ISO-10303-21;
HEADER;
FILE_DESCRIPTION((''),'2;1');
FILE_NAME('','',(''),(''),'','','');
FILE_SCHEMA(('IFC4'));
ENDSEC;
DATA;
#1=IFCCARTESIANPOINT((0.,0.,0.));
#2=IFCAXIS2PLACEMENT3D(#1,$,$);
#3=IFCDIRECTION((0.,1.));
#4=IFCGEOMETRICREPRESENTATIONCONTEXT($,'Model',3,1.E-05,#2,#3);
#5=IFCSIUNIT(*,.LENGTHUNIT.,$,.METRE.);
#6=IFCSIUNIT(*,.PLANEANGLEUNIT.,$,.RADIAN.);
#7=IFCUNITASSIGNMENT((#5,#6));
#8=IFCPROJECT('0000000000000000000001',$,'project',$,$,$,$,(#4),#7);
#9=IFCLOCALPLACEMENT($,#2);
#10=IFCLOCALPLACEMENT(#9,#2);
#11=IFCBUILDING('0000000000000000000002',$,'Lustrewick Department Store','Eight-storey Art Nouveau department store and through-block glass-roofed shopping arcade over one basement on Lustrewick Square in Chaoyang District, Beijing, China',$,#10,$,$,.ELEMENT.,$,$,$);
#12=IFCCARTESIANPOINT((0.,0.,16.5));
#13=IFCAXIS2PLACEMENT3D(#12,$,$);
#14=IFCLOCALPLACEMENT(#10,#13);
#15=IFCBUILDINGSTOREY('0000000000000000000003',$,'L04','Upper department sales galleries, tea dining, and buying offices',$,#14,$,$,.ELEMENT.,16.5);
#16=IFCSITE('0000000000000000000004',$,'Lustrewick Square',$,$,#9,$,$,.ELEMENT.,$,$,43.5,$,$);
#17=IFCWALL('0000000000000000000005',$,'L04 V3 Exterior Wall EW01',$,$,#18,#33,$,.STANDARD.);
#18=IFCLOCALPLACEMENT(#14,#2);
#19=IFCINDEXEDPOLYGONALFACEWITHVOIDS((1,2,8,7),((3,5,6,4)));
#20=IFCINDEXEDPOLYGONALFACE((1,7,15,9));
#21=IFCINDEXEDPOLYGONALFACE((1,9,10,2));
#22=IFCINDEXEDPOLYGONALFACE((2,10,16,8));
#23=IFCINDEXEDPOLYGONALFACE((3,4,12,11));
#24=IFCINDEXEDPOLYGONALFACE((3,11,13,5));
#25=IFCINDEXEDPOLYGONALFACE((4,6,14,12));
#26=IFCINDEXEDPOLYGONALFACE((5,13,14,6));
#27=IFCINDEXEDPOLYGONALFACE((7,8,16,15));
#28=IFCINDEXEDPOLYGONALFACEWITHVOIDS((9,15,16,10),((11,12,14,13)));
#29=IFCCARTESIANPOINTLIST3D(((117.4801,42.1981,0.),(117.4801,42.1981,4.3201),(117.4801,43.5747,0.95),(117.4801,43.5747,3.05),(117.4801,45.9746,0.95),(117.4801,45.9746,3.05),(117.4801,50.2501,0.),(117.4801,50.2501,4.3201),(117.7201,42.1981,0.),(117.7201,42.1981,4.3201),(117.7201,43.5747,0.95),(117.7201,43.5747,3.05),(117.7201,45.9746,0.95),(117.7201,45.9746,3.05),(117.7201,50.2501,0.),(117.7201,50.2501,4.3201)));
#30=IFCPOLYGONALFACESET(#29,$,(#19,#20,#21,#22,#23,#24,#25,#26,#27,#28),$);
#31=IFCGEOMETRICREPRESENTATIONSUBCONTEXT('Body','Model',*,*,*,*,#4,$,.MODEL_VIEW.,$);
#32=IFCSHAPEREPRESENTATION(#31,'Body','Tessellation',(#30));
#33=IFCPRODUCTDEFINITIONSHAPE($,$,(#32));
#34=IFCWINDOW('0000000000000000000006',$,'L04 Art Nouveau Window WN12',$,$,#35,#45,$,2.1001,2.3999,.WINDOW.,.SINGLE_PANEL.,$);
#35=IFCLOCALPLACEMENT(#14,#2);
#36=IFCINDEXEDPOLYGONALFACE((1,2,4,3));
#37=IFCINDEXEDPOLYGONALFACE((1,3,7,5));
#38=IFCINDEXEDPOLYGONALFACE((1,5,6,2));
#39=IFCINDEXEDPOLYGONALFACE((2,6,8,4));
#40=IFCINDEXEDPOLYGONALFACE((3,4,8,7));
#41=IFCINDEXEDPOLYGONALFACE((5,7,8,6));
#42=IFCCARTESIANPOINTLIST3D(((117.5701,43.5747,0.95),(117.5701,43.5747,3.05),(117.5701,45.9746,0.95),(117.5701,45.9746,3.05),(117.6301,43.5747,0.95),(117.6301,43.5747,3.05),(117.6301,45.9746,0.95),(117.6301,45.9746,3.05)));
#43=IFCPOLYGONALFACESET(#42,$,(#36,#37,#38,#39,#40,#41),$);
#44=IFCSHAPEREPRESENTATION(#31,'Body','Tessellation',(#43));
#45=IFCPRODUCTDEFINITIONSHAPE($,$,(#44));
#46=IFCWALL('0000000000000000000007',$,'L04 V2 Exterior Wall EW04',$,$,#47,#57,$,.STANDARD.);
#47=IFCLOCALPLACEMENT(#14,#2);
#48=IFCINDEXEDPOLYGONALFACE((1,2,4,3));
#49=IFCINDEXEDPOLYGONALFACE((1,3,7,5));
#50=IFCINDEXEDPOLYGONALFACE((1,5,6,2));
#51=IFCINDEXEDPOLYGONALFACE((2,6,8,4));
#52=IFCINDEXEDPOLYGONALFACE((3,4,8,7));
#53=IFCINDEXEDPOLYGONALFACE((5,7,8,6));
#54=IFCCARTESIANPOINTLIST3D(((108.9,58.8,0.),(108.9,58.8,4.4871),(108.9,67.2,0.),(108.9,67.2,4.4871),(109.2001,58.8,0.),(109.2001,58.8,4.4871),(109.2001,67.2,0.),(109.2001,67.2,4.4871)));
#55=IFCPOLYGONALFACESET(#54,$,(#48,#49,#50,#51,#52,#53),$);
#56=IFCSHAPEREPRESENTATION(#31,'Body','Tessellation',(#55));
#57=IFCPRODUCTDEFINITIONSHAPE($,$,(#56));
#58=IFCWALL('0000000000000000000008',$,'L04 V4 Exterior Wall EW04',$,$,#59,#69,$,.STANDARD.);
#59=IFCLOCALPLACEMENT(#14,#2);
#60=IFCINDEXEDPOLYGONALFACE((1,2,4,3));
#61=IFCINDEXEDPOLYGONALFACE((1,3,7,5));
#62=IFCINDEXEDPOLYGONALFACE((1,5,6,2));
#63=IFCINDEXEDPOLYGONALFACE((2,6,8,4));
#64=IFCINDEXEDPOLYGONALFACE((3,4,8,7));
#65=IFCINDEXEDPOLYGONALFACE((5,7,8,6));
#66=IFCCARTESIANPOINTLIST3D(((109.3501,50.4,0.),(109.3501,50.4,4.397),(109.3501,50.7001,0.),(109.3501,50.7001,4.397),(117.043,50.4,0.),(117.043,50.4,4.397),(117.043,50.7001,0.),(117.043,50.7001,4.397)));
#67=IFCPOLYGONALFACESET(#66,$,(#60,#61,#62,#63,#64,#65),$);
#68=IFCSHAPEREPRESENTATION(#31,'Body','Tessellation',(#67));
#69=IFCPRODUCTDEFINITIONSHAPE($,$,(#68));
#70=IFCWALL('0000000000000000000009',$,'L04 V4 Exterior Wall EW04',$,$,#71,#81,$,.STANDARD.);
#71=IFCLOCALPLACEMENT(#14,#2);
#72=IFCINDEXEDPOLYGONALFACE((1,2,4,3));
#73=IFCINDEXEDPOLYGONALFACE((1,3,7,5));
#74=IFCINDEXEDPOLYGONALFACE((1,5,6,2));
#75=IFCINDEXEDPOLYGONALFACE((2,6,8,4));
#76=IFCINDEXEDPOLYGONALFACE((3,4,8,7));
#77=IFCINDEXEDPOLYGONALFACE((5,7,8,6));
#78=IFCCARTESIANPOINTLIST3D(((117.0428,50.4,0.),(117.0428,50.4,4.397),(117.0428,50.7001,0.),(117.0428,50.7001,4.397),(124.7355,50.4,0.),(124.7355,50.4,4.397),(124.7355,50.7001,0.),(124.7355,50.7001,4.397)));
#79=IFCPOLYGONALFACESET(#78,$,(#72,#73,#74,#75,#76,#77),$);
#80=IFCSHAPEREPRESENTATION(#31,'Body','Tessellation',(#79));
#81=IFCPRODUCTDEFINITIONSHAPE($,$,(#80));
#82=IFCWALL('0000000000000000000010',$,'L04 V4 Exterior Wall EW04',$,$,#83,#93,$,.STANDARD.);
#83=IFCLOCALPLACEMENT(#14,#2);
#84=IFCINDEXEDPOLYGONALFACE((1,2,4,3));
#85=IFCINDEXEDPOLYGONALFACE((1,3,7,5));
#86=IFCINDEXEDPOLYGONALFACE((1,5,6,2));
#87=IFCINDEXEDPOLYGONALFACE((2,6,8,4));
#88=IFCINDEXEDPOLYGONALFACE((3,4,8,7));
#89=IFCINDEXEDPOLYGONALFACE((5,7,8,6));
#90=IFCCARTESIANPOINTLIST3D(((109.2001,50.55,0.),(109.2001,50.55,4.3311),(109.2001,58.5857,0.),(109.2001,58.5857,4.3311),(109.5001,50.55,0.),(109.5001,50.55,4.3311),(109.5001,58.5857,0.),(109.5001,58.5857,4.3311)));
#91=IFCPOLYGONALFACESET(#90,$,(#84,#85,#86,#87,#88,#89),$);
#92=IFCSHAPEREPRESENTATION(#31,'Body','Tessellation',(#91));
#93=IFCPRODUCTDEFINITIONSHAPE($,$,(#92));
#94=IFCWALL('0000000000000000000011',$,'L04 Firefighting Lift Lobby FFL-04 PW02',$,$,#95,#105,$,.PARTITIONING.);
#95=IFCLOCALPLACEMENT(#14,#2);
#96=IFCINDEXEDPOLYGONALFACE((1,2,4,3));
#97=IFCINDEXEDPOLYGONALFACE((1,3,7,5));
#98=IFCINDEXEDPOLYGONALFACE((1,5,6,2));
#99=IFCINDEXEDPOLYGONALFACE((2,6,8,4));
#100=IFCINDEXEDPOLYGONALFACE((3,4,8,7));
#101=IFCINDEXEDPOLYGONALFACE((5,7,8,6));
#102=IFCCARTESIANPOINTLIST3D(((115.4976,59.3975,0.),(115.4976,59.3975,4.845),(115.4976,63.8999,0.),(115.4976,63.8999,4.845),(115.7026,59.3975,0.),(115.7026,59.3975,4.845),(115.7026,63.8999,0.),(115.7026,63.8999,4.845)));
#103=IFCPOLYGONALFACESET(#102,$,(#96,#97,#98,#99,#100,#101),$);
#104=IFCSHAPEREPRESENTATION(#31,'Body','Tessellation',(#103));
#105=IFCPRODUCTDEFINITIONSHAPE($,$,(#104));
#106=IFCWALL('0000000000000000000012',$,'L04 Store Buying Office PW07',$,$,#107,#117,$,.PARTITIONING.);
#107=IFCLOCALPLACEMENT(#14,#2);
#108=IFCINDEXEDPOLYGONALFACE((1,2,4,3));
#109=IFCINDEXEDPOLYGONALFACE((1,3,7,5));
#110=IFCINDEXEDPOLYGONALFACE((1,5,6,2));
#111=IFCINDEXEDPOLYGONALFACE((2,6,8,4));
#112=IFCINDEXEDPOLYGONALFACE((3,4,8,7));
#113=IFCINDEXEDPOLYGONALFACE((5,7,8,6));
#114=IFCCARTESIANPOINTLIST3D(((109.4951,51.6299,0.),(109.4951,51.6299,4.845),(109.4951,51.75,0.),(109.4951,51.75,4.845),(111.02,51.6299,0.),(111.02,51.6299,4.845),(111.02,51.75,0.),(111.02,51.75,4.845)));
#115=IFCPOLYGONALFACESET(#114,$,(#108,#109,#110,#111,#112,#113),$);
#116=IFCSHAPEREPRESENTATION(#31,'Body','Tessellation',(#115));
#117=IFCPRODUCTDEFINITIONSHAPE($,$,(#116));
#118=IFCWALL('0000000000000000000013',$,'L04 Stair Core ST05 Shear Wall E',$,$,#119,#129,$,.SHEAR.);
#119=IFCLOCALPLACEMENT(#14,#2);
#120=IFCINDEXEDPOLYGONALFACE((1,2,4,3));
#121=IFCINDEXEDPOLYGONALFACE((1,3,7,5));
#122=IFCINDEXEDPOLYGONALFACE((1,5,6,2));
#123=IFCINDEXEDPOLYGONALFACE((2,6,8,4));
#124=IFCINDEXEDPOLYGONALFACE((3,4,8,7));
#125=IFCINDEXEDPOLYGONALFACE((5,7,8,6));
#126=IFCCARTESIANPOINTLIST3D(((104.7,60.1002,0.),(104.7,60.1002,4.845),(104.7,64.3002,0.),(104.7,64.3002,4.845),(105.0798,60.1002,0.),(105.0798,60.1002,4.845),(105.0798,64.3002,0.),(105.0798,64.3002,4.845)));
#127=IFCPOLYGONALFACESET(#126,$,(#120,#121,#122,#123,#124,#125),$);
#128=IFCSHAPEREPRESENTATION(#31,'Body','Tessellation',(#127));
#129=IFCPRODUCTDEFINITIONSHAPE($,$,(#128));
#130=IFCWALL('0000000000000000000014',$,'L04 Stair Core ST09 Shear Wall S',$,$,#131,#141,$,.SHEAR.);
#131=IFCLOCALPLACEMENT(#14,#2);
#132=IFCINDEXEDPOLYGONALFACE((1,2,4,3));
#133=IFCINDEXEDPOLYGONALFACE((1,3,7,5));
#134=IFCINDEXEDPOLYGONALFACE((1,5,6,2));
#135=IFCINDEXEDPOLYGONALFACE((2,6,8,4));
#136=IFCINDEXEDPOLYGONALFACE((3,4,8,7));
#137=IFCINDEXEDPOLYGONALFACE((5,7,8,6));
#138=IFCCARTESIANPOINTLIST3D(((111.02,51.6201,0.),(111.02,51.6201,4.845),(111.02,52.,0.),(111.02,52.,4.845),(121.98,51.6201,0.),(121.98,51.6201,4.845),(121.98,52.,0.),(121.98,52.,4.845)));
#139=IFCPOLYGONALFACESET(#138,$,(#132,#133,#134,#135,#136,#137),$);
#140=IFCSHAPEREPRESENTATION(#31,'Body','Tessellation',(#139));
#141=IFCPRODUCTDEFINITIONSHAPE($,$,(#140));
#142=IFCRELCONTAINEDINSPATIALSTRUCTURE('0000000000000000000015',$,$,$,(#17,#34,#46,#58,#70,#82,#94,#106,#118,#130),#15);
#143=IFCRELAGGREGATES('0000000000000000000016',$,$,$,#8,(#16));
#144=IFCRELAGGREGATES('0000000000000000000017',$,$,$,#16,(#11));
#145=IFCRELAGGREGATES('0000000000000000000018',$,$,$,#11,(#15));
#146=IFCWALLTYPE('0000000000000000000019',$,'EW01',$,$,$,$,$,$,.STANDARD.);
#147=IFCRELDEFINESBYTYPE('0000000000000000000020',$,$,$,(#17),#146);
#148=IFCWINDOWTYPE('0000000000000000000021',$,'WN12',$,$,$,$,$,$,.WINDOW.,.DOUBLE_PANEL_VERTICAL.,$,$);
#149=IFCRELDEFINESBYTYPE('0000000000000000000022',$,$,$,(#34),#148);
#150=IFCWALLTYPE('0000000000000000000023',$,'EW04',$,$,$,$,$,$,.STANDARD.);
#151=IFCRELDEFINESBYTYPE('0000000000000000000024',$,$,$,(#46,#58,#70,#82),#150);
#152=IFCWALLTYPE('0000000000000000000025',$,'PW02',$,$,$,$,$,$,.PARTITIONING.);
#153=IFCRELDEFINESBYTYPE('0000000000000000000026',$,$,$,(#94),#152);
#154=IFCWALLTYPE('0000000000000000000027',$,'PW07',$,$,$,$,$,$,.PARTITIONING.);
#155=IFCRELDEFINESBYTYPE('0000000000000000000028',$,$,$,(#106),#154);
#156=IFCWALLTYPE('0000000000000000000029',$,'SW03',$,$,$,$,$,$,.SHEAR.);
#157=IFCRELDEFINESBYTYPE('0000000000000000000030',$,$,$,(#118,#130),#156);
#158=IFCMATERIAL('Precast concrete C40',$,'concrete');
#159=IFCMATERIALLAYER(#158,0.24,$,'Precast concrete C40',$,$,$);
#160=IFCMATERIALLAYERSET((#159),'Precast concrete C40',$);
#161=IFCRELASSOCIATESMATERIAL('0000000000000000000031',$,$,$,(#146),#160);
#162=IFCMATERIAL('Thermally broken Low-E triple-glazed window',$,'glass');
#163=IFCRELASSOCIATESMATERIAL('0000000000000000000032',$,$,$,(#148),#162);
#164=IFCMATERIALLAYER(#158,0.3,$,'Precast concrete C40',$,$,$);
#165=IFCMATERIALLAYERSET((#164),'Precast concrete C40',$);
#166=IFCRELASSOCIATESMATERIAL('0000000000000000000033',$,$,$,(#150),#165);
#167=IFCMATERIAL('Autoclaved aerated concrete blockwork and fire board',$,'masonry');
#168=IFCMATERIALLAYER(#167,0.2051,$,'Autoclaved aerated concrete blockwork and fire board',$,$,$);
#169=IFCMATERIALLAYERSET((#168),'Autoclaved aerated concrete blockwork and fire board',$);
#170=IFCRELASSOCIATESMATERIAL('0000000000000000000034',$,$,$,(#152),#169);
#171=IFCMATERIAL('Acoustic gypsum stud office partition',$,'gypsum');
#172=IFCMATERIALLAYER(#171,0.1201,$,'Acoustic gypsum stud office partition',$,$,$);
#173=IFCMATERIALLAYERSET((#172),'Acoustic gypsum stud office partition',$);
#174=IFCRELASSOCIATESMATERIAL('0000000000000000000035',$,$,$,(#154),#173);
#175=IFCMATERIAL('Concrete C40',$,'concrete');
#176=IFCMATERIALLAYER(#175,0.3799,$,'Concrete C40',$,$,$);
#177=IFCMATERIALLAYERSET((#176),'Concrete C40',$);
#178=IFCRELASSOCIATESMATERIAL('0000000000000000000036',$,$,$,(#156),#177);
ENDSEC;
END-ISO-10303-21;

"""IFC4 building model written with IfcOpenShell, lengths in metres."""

from ifc_helpers import new_model, si_unit, direction, frame, frame_2d, origin, place, context, subcontext, project, spatial, rectangle, extrude, material, layer, layer_set, type_object, element, fill, save


model = new_model("IFC4")

# Units and contexts
model_context = context("Model", 3, precision=1e-05, world=origin(), true_north=direction((0.0, 1.0)))
body_context = subcontext(model_context, "Body", "Model", "MODEL_VIEW")
ifc_project = project(units=[si_unit("LENGTHUNIT", "METRE"), si_unit("PLANEANGLEUNIT", "RADIAN")], contexts=[model_context])

# Site, building, storey
site_placement = place(None, origin())
site = spatial("IfcSite", under=ifc_project, at=site_placement, Name="Lustrewick Square", CompositionType="ELEMENT", RefElevation=43.5)
building_placement = place(site_placement, origin())
building = spatial("IfcBuilding", under=site, at=building_placement, Name="Lustrewick Department Store", Description="Eight-storey Art Nouveau department store and through-block glass-roofed shopping arcade over one basement on Lustrewick Square in Chaoyang District, Beijing, China", CompositionType="ELEMENT")
storey_placement = place(building_placement, frame((0.0, 0.0, 16.5)))
storey = spatial("IfcBuildingStorey", under=building, at=storey_placement, Name="L04", Description="Upper department sales galleries, tea dining, and buying offices", CompositionType="ELEMENT", Elevation=16.5)

# Wall, opening, window
ifc_material_1 = material(Name="Precast concrete C40", Category="concrete")
ifc_layer_1 = layer(ifc_material_1, 0.24, Name="Precast concrete C40")
ifc_layer_set_1 = layer_set([ifc_layer_1], Name="Precast concrete C40")
wall_type_1 = type_object("IfcWallType", Name="EW01", PredefinedType="STANDARD", material=ifc_layer_set_1)
wall_1_placement = place(storey_placement, frame((117.6001, 50.25, 0.0), z_axis=(0.0, 0.0, 1.0), x_axis=(0.0, -1.0, 0.0)))
wall_1 = element("IfcWall", 1, at=wall_1_placement, inside=storey, type_object=wall_type_1, Name="L04 V3 Exterior Wall EW01", PredefinedType="STANDARD", context=body_context, shape_type="SweptSolid", body=[
    extrude(rectangle(XDim=8.052, YDim=0.24, at=frame_2d((4.0259, 0.0))), origin(), (0.0, 0.0, 1.0), 4.3201),
])
opening_1_placement = place(wall_1_placement, frame((4.2754, 0.0, 0.95)))
opening_1 = element("IfcOpeningElement", 2, at=opening_1_placement, cuts=wall_1, PredefinedType="OPENING", context=body_context, shape_type="SweptSolid", body=[
    extrude(rectangle(XDim=2.3999, YDim=2.1001, at=frame_2d((1.2, 1.05))), frame((0.0, 0.1299, 0.0), z_axis=(0.0, -1.0, 0.0), x_axis=(1.0, 0.0, 0.0)), (0.0, 0.0, 1.0), 0.26),
])
ifc_material_2 = material(Name="Thermally broken Low-E triple-glazed window", Category="glass")
window_type = type_object("IfcWindowType", Name="WN12", PartitioningType="DOUBLE_PANEL_VERTICAL", PredefinedType="WINDOW", material=ifc_material_2)
window_placement = place(opening_1_placement, origin())
window = element("IfcWindow", 3, at=window_placement, inside=storey, type_object=window_type, Name="L04 Art Nouveau Window WN12", OverallHeight=2.1001, OverallWidth=2.3999, PartitioningType="SINGLE_PANEL", PredefinedType="WINDOW", context=body_context, shape_type="SweptSolid", body=[
    extrude(rectangle(XDim=2.3999, YDim=2.1001, at=frame_2d((1.2, 1.05))), frame((0.0, 0.03, 0.0), z_axis=(0.0, -1.0, 0.0), x_axis=(1.0, 0.0, 0.0)), (0.0, 0.0, 1.0), 0.0601),
])
fill(opening_1, window)

# Walls
ifc_layer_2 = layer(ifc_material_1, 0.3, Name="Precast concrete C40")
ifc_layer_set_2 = layer_set([ifc_layer_2], Name="Precast concrete C40")
wall_type_2 = type_object("IfcWallType", Name="EW04", PredefinedType="STANDARD", material=ifc_layer_set_2)
wall_2_placement = place(storey_placement, frame((109.05, 58.8, 0.0), z_axis=(0.0, 0.0, 1.0), x_axis=(0.0, 1.0, 0.0)))
element("IfcWall", 4, at=wall_2_placement, inside=storey, type_object=wall_type_2, Name="L04 V2 Exterior Wall EW04", PredefinedType="STANDARD", context=body_context, shape_type="SweptSolid", body=[
    extrude(rectangle(XDim=8.3999, YDim=0.3, at=frame_2d((4.2, 0.0))), origin(), (0.0, 0.0, 1.0), 4.4871),
])
wall_3_placement = place(storey_placement, frame((109.3501, 50.55, 0.0), z_axis=(0.0, 0.0, 1.0), x_axis=(1.0, 0.0, 0.0)))
element("IfcWall", 5, at=wall_3_placement, inside=storey, type_object=wall_type_2, Name="L04 V4 Exterior Wall EW04", PredefinedType="STANDARD", context=body_context, shape_type="SweptSolid", body=[
    extrude(rectangle(XDim=7.6929, YDim=0.3, at=frame_2d((3.8464, 0.0))), origin(), (0.0, 0.0, 1.0), 4.397),
])
wall_4_placement = place(storey_placement, frame((117.043, 50.55, 0.0), z_axis=(0.0, 0.0, 1.0), x_axis=(1.0, 0.0, 0.0)))
element("IfcWall", 6, at=wall_4_placement, inside=storey, type_object=wall_type_2, Name="L04 V4 Exterior Wall EW04", PredefinedType="STANDARD", context=body_context, shape_type="SweptSolid", body=[
    extrude(rectangle(XDim=7.6926, YDim=0.3, at=frame_2d((3.8462, 0.0))), origin(), (0.0, 0.0, 1.0), 4.397),
])
wall_5_placement = place(storey_placement, frame((109.3501, 58.5857, 0.0), z_axis=(0.0, 0.0, 1.0), x_axis=(0.0, -1.0, 0.0)))
element("IfcWall", 7, at=wall_5_placement, inside=storey, type_object=wall_type_2, Name="L04 V4 Exterior Wall EW04", PredefinedType="STANDARD", context=body_context, shape_type="SweptSolid", body=[
    extrude(rectangle(XDim=8.0356, YDim=0.3, at=frame_2d((4.0178, 0.0))), origin(), (0.0, 0.0, 1.0), 4.3311),
])

# Shared definitions
ifc_material_3 = material(Name="Autoclaved aerated concrete blockwork and fire board", Category="masonry")
ifc_layer_3 = layer(ifc_material_3, 0.2051, Name="Autoclaved aerated concrete blockwork and fire board")
ifc_layer_set_3 = layer_set([ifc_layer_3], Name="Autoclaved aerated concrete blockwork and fire board")
wall_type_3 = type_object("IfcWallType", Name="PW02", PredefinedType="PARTITIONING", material=ifc_layer_set_3)

# Walls
wall_6_placement = place(storey_placement, frame((115.6001, 59.3975, 0.0), z_axis=(0.0, 0.0, 1.0), x_axis=(0.0, 1.0, 0.0)))
element("IfcWall", 8, at=wall_6_placement, inside=storey, type_object=wall_type_3, Name="L04 Firefighting Lift Lobby FFL-04 PW02", PredefinedType="PARTITIONING", context=body_context, shape_type="SweptSolid", body=[
    extrude(rectangle(XDim=4.5024, YDim=0.2051, at=frame_2d((2.2512, 0.0))), origin(), (0.0, 0.0, 1.0), 4.845),
])
ifc_material_4 = material(Name="Acoustic gypsum stud office partition", Category="gypsum")
ifc_layer_4 = layer(ifc_material_4, 0.1201, Name="Acoustic gypsum stud office partition")
ifc_layer_set_4 = layer_set([ifc_layer_4], Name="Acoustic gypsum stud office partition")
wall_type_4 = type_object("IfcWallType", Name="PW07", PredefinedType="PARTITIONING", material=ifc_layer_set_4)
wall_7_placement = place(storey_placement, frame((111.02, 51.6899, 0.0), z_axis=(0.0, 0.0, 1.0), x_axis=(-1.0, 0.0, 0.0)))
element("IfcWall", 9, at=wall_7_placement, inside=storey, type_object=wall_type_4, Name="L04 Store Buying Office PW07", PredefinedType="PARTITIONING", context=body_context, shape_type="SweptSolid", body=[
    extrude(rectangle(XDim=1.5249, YDim=0.1201, at=frame_2d((0.7625, 0.0))), origin(), (0.0, 0.0, 1.0), 4.845),
])
ifc_material_5 = material(Name="Concrete C40", Category="concrete")
ifc_layer_5 = layer(ifc_material_5, 0.3799, Name="Concrete C40")
ifc_layer_set_5 = layer_set([ifc_layer_5], Name="Concrete C40")
wall_type_5 = type_object("IfcWallType", Name="SW03", PredefinedType="SHEAR", material=ifc_layer_set_5)
wall_8_placement = place(storey_placement, frame((104.8899, 60.1001, 0.0), z_axis=(0.0, 0.0, 1.0), x_axis=(0.0, 1.0, 0.0)))
element("IfcWall", 10, at=wall_8_placement, inside=storey, type_object=wall_type_5, Name="L04 Stair Core ST05 Shear Wall E", PredefinedType="SHEAR", context=body_context, shape_type="SweptSolid", body=[
    extrude(rectangle(XDim=4.2, YDim=0.3799, at=frame_2d((2.1001, 0.0))), origin(), (0.0, 0.0, 1.0), 4.845),
])
wall_9_placement = place(storey_placement, frame((111.02, 51.8101, 0.0), z_axis=(0.0, 0.0, 1.0), x_axis=(1.0, 0.0, 0.0)))
element("IfcWall", 11, at=wall_9_placement, inside=storey, type_object=wall_type_5, Name="L04 Stair Core ST09 Shear Wall S", PredefinedType="SHEAR", context=body_context, shape_type="SweptSolid", body=[
    extrude(rectangle(XDim=10.96, YDim=0.3799, at=frame_2d((5.48, 0.0))), origin(), (0.0, 0.0, 1.0), 4.845),
])

save(model, "model.ifc")
